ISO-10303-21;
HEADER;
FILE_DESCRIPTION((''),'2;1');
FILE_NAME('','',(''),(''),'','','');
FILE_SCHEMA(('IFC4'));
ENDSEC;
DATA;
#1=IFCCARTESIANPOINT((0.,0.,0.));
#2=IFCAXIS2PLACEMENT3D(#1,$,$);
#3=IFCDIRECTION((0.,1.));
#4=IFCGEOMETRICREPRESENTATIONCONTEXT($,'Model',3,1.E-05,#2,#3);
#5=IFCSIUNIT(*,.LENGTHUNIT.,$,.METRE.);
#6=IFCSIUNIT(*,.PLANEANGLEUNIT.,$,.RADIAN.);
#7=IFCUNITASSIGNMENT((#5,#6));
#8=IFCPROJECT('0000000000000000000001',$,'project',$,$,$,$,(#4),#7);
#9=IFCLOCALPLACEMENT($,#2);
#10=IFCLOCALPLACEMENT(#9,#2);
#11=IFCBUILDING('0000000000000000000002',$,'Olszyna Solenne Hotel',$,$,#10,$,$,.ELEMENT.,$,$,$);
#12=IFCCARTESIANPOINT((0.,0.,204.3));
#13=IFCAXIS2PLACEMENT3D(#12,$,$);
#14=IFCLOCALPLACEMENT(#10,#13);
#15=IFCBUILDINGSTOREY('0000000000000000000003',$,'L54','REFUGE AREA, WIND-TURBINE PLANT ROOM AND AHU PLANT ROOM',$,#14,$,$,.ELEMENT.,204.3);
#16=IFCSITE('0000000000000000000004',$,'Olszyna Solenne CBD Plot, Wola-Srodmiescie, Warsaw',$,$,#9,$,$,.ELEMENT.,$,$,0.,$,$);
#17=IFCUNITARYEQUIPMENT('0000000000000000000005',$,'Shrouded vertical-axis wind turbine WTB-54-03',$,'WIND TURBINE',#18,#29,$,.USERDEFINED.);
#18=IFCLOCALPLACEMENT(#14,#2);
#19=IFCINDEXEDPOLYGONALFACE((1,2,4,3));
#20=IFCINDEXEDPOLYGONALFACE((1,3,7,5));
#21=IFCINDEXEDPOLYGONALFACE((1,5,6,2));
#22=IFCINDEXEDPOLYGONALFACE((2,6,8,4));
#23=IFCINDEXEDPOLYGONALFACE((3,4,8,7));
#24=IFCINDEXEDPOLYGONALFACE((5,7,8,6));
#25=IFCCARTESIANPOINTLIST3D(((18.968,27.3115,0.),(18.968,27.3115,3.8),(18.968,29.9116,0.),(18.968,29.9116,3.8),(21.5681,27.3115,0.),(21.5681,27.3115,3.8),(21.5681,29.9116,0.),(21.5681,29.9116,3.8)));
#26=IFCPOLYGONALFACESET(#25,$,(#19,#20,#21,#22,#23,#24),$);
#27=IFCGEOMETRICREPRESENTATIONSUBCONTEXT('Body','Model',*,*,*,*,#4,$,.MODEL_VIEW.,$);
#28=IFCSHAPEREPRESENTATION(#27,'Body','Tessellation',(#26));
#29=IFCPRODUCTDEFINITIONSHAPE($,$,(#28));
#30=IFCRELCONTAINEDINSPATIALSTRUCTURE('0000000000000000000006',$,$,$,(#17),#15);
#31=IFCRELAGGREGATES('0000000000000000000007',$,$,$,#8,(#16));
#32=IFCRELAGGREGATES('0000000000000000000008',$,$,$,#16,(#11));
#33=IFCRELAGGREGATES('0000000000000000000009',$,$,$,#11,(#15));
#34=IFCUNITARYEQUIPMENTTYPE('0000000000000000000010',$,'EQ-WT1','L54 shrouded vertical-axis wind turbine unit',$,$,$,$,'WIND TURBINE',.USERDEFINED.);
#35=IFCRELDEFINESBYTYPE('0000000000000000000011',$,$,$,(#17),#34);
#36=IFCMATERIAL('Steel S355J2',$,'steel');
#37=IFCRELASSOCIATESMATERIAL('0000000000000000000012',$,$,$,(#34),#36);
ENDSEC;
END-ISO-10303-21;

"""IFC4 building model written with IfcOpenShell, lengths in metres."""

from ifc_helpers import new_model, si_unit, direction, frame, origin, origin_2d, place, context, subcontext, project, spatial, rectangle, extrude, source, transform, mapped, material, type_object, element, save


model = new_model("IFC4")

# Units and contexts
model_context = context("Model", 3, precision=1e-05, world=origin(), true_north=direction((0.0, 1.0)))
body_context = subcontext(model_context, "Body", "Model", "MODEL_VIEW")
ifc_project = project(units=[si_unit("LENGTHUNIT", "METRE"), si_unit("PLANEANGLEUNIT", "RADIAN")], contexts=[model_context])

# Site, building, storey
site_placement = place(None, origin())
site = spatial("IfcSite", under=ifc_project, at=site_placement, Name="Olszyna Solenne CBD Plot, Wola-Srodmiescie, Warsaw", CompositionType="ELEMENT", RefElevation=0.0)
building_placement = place(site_placement, origin())
building = spatial("IfcBuilding", under=site, at=building_placement, Name="Olszyna Solenne Hotel", CompositionType="ELEMENT")
storey_placement = place(building_placement, frame((0.0, 0.0, 204.3)))
storey = spatial("IfcBuildingStorey", under=building, at=storey_placement, Name="L54", Description="REFUGE AREA, WIND-TURBINE PLANT ROOM AND AHU PLANT ROOM", CompositionType="ELEMENT", Elevation=204.3)

# Shared definitions
ifc_material_1 = material(Name="Steel S355J2", Category="steel")

# Unitary equipment
unitary_equipment_type = type_object("IfcUnitaryEquipmentType", Name="EQ-WT1", Description="L54 shrouded vertical-axis wind turbine unit", ElementType="WIND TURBINE", PredefinedType="USERDEFINED", material=ifc_material_1)
shared_shape_1 = source(origin(), body_context, "Body", "SweptSolid", [
    extrude(rectangle(XDim=2.6001, YDim=2.6001, at=origin_2d()), origin(), (0.0, 0.0, 1.0), 3.8),
])
unitary_equipment_placement = place(storey_placement, frame((20.2681, 28.6116, 0.0), z_axis=(0.0, 0.0, 1.0), x_axis=(1.0, 0.0, 0.0)))
element("IfcUnitaryEquipment", 1, at=unitary_equipment_placement, inside=storey, type_object=unitary_equipment_type, Name="Shrouded vertical-axis wind turbine WTB-54-03", ObjectType="WIND TURBINE", PredefinedType="USERDEFINED", context=body_context, shape_type="MappedRepresentation", body=[
    mapped(shared_shape_1, transform((0.0, 0.0, 0.0), x_axis=(1.0, 0.0, 0.0), y_axis=(0.0, 1.0, 0.0), z_axis=(0.0, 0.0, 1.0), scale=1.0)),
])

save(model, "model.ifc")
